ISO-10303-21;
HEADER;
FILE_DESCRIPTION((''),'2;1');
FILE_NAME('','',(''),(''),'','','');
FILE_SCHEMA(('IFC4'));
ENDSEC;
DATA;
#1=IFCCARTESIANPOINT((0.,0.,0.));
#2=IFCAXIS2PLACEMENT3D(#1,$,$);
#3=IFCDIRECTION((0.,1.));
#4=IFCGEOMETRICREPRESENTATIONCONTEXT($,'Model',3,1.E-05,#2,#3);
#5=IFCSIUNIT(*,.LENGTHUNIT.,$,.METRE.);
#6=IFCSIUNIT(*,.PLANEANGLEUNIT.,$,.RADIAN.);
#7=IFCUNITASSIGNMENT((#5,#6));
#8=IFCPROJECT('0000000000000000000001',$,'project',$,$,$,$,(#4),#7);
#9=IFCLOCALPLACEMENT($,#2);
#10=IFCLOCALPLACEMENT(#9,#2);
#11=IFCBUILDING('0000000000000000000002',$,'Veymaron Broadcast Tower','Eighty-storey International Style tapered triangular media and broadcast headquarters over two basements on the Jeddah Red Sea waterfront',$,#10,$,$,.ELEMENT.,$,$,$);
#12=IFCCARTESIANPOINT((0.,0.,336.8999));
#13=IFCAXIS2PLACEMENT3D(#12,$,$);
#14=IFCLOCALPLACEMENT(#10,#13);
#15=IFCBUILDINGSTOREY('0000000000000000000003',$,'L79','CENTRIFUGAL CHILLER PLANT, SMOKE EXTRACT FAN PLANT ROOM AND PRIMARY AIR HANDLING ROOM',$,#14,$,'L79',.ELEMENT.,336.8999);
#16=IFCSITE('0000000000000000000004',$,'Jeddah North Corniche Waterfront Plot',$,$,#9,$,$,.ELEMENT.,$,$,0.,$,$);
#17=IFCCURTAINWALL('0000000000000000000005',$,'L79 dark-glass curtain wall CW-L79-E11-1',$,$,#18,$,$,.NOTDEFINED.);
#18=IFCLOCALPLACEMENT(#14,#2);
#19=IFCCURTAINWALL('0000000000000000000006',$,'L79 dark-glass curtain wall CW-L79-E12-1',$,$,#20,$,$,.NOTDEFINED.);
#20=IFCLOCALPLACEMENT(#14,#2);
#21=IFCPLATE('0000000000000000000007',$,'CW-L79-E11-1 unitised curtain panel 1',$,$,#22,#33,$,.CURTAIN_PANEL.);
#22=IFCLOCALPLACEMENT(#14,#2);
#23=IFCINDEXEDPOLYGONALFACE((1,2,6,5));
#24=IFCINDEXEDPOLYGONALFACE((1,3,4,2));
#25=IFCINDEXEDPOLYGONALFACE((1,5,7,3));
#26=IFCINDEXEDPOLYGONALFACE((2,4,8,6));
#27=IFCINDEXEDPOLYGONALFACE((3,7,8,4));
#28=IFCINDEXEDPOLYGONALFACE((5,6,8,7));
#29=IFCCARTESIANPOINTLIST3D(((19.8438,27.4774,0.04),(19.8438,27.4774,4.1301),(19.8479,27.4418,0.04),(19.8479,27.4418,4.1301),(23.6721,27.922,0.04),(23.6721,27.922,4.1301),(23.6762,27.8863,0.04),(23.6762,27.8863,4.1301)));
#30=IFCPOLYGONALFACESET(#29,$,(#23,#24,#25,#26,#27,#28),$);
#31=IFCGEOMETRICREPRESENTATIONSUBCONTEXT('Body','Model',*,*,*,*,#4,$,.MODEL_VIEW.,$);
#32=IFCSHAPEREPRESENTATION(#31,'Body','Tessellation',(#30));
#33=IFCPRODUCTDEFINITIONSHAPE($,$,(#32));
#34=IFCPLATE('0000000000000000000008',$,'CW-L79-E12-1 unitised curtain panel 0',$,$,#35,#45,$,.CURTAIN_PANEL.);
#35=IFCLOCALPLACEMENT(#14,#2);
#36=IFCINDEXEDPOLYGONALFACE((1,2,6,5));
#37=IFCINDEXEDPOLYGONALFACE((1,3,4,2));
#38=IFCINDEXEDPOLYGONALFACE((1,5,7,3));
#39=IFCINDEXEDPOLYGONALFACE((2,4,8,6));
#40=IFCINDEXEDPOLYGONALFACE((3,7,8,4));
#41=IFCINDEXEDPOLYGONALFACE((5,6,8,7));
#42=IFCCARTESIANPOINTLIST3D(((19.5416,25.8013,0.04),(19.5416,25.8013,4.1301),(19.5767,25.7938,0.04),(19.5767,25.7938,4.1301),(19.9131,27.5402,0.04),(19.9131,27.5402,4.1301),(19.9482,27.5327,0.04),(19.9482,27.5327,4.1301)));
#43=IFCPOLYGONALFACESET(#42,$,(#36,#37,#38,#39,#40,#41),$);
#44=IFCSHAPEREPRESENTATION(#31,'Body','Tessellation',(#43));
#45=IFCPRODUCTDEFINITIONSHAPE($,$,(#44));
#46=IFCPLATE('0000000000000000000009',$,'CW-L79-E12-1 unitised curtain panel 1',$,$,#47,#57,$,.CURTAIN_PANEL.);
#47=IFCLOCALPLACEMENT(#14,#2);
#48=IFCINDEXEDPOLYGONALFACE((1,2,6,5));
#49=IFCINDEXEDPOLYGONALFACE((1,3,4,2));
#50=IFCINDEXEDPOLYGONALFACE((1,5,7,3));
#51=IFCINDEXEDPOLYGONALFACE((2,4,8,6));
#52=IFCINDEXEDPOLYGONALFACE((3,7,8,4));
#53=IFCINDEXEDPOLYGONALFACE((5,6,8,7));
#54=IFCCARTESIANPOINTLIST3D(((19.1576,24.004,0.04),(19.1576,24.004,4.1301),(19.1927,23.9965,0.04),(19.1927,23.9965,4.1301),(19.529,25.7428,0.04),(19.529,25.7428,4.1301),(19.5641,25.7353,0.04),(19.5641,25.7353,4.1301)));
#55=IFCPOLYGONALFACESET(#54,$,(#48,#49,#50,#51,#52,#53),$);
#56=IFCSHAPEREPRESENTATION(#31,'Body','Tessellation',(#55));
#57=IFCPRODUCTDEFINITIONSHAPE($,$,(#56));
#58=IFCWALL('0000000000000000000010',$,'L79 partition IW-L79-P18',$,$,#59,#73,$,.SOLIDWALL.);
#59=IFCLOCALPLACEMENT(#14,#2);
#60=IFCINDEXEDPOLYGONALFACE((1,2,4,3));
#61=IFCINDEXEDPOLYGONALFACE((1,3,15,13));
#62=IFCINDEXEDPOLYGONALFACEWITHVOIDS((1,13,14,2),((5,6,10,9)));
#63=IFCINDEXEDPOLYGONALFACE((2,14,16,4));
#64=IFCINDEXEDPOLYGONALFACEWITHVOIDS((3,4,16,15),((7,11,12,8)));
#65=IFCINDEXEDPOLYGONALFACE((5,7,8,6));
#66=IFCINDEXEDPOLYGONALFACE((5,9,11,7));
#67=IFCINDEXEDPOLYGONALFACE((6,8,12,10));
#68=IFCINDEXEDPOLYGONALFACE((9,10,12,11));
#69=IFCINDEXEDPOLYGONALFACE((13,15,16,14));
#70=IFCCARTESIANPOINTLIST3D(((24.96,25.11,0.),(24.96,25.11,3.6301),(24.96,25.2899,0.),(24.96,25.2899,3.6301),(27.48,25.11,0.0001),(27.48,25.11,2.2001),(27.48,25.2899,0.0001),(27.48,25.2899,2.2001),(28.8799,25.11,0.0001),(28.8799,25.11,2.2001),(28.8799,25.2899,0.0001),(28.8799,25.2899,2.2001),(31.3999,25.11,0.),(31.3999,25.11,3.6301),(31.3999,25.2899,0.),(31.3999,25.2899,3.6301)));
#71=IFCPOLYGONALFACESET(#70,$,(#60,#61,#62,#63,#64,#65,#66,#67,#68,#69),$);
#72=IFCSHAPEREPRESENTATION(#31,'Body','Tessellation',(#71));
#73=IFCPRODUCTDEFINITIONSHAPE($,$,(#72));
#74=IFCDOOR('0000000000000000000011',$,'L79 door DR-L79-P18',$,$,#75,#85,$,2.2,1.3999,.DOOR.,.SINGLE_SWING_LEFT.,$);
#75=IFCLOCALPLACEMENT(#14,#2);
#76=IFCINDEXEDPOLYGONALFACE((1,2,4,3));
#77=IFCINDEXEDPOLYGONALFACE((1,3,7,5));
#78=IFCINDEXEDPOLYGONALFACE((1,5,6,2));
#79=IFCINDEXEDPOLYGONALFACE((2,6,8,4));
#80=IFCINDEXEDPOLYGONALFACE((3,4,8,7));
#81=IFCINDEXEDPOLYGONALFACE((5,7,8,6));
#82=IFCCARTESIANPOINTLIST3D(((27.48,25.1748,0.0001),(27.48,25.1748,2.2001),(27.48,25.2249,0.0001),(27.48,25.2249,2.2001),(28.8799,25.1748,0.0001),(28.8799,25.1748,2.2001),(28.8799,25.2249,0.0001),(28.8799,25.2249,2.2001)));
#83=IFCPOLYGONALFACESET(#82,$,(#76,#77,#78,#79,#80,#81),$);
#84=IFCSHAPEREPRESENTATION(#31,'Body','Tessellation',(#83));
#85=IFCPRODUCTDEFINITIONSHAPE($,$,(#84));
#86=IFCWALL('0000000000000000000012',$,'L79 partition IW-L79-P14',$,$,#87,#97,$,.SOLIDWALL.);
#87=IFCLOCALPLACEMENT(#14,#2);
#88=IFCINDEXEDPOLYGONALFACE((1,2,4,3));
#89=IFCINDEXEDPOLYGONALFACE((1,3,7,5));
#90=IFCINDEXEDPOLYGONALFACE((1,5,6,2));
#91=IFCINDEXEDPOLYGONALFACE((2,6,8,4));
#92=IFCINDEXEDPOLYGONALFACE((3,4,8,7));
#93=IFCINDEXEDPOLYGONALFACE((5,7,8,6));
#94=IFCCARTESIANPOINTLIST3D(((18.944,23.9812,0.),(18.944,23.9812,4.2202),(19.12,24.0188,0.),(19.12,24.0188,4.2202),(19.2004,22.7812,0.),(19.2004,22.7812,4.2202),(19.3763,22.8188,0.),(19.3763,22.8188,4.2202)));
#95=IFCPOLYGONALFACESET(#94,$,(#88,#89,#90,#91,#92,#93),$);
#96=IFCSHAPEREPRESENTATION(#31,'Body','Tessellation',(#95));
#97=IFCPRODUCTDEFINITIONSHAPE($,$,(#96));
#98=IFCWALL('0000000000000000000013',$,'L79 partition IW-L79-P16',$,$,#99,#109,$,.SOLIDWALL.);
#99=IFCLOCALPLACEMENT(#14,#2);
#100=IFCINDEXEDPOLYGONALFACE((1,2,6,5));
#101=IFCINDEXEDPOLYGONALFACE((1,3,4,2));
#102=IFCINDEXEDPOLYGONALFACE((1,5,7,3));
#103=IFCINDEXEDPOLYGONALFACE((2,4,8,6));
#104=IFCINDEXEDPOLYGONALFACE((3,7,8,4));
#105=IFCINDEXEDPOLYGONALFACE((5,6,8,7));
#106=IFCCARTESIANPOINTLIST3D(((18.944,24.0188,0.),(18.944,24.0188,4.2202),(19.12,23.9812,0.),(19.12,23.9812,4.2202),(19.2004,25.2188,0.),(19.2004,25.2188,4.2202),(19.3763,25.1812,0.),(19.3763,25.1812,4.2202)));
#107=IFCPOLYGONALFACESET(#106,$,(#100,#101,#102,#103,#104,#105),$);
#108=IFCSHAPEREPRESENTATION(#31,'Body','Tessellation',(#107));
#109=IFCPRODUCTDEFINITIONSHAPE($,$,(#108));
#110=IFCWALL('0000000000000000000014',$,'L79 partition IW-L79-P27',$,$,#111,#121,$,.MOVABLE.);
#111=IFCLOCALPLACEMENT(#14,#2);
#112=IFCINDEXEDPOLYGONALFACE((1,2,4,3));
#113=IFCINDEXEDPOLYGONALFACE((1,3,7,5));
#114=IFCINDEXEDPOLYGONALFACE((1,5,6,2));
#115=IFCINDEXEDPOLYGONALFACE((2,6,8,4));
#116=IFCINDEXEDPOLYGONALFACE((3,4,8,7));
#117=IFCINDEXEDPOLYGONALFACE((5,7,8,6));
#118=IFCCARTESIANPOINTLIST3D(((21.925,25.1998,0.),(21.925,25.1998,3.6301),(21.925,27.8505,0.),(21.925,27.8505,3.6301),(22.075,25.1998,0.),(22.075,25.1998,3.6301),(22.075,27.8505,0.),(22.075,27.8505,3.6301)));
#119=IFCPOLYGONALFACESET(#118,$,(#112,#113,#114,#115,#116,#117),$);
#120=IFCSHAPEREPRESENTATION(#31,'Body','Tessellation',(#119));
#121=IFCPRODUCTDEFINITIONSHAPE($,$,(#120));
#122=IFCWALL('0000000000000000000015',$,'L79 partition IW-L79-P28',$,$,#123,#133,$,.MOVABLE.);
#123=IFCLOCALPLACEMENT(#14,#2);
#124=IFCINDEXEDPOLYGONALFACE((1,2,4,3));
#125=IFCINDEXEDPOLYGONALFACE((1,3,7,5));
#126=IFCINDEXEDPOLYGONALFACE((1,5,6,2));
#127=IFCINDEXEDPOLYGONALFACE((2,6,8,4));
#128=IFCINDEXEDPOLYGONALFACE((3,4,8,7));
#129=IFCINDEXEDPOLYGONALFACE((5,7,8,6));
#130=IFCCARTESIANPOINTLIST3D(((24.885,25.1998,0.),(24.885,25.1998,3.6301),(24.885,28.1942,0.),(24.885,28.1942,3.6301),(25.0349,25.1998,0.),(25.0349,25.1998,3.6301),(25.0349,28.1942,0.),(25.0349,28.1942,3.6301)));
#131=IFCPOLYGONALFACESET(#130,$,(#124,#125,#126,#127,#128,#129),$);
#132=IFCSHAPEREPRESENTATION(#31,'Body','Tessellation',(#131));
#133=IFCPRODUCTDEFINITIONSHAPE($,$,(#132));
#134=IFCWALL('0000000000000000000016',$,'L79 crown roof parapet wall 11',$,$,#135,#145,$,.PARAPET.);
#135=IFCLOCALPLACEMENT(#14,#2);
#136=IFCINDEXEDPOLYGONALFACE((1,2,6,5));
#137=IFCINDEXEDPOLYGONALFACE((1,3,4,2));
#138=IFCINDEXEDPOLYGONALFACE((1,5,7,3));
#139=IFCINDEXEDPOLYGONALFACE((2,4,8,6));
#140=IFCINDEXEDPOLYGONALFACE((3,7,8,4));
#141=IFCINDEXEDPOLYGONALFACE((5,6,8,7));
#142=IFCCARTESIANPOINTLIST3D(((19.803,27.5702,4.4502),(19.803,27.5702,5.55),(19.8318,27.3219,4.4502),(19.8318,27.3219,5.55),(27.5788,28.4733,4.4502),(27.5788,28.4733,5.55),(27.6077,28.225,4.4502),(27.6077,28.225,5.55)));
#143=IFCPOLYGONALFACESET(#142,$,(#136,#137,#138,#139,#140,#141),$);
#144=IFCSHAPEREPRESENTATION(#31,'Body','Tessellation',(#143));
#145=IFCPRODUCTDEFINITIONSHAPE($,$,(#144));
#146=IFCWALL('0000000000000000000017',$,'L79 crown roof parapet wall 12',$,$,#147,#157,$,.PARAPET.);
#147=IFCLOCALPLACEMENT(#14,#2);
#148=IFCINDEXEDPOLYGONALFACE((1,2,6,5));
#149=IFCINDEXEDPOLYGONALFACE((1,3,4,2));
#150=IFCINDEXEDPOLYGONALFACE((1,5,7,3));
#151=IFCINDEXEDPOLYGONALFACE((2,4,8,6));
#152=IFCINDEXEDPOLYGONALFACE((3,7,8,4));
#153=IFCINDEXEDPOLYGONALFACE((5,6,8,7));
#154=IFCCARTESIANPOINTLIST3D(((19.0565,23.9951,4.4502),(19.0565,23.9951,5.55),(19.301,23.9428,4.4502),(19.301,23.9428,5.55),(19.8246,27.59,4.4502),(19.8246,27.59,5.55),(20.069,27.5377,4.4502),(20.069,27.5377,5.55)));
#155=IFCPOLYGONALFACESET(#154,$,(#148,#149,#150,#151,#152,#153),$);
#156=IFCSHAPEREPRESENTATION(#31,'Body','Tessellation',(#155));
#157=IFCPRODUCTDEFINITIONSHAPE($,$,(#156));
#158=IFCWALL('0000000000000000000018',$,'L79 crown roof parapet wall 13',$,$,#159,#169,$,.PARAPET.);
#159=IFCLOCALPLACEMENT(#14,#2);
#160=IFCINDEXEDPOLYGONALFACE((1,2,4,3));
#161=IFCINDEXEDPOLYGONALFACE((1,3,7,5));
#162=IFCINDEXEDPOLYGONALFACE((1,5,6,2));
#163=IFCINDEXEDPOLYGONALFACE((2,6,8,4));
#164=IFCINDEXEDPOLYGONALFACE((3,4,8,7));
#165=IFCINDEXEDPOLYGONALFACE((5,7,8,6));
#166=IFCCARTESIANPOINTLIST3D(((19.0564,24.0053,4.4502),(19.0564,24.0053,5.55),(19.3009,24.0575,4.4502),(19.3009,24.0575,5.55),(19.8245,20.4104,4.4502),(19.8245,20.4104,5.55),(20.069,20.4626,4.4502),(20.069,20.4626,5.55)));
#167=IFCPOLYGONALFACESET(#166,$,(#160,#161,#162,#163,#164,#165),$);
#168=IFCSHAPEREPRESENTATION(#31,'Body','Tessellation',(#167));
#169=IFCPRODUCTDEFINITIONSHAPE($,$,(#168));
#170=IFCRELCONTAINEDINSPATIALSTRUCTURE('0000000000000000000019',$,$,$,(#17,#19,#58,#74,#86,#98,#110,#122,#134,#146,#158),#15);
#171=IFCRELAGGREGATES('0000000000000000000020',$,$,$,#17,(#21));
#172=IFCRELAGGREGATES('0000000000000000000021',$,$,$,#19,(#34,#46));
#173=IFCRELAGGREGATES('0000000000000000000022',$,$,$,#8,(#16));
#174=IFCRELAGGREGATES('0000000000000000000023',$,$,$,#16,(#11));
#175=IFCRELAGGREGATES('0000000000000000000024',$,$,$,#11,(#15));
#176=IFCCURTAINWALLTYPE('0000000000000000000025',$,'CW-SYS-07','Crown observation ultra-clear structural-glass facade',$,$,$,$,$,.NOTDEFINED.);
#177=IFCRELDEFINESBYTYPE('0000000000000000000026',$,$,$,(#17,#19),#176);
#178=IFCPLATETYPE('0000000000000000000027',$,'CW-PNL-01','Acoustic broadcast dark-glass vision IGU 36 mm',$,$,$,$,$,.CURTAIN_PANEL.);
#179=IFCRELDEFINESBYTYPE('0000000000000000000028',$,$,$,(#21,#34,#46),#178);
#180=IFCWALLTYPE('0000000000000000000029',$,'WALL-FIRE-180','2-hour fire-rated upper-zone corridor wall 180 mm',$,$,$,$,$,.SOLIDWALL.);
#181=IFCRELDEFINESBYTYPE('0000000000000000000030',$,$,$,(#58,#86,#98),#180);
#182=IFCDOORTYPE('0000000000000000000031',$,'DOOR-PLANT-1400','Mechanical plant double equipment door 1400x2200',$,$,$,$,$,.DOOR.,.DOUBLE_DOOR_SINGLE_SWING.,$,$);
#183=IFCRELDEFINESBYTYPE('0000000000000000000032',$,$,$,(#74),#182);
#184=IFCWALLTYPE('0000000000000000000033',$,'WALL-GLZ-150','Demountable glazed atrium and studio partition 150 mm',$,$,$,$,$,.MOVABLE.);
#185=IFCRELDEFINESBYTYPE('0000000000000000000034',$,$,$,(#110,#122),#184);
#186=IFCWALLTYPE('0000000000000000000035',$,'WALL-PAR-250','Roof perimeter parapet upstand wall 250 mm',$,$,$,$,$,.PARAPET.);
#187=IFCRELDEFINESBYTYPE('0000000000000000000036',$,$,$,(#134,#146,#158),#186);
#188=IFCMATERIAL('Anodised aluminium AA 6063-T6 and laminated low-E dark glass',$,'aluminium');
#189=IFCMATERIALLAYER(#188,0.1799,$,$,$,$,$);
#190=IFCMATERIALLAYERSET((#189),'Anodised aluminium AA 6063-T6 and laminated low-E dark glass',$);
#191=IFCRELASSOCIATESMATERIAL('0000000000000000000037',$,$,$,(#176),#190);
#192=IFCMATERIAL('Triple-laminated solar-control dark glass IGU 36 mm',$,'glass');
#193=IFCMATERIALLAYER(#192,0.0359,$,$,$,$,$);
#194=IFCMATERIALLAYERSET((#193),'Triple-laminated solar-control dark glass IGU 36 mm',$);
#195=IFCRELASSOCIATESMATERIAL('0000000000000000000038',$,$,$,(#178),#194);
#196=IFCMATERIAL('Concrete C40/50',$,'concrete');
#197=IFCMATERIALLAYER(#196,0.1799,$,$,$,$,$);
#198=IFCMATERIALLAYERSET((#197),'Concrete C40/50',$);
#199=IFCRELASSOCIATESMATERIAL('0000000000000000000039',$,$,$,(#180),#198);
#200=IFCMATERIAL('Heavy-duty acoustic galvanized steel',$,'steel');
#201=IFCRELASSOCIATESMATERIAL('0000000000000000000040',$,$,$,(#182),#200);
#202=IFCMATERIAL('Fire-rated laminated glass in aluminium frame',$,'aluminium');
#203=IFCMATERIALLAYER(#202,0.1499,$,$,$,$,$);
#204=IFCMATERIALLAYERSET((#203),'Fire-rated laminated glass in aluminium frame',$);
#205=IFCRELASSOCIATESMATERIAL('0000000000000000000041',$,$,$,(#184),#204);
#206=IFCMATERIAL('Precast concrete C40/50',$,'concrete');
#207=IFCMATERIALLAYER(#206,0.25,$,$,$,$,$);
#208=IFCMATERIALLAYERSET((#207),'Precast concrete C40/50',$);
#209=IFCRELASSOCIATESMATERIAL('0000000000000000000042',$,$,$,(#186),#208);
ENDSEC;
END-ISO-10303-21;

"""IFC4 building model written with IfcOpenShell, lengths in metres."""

from ifc_helpers import new_model, si_unit, direction, frame, frame_2d, origin, origin_2d, place, context, subcontext, project, spatial, rectangle, extrude, material, layer, layer_set, type_object, element, fill, aggregate, save


model = new_model("IFC4")

# Units and contexts
model_context = context("Model", 3, precision=1e-05, world=origin(), true_north=direction((0.0, 1.0)))
body_context = subcontext(model_context, "Body", "Model", "MODEL_VIEW")
ifc_project = project(units=[si_unit("LENGTHUNIT", "METRE"), si_unit("PLANEANGLEUNIT", "RADIAN")], contexts=[model_context])

# Site, building, storey
site_placement = place(None, origin())
site = spatial("IfcSite", under=ifc_project, at=site_placement, Name="Jeddah North Corniche Waterfront Plot", CompositionType="ELEMENT", RefElevation=0.0)
building_placement = place(site_placement, origin())
building = spatial("IfcBuilding", under=site, at=building_placement, Name="Veymaron Broadcast Tower", Description="Eighty-storey International Style tapered triangular media and broadcast headquarters over two basements on the Jeddah Red Sea waterfront", CompositionType="ELEMENT")
storey_placement = place(building_placement, frame((0.0, 0.0, 336.8999)))
storey = spatial("IfcBuildingStorey", under=building, at=storey_placement, Name="L79", Description="CENTRIFUGAL CHILLER PLANT, SMOKE EXTRACT FAN PLANT ROOM AND PRIMARY AIR HANDLING ROOM", LongName="L79", CompositionType="ELEMENT", Elevation=336.8999)

# Shared definitions
ifc_material_1 = material(Name="Anodised aluminium AA 6063-T6 and laminated low-E dark glass", Category="aluminium")
ifc_layer_1 = layer(ifc_material_1, 0.1799)
ifc_layer_set_1 = layer_set([ifc_layer_1], Name="Anodised aluminium AA 6063-T6 and laminated low-E dark glass")
curtain_wall_type = type_object("IfcCurtainWallType", Name="CW-SYS-07", Description="Crown observation ultra-clear structural-glass facade", PredefinedType="NOTDEFINED", material=ifc_layer_set_1)

# Curtain walls
curtain_wall_1_placement = place(storey_placement, origin())
curtain_wall_1 = element("IfcCurtainWall", 1, at=curtain_wall_1_placement, inside=storey, type_object=curtain_wall_type, Name="L79 dark-glass curtain wall CW-L79-E11-1", PredefinedType="NOTDEFINED")
curtain_wall_2_placement = place(storey_placement, origin())
curtain_wall_2 = element("IfcCurtainWall", 2, at=curtain_wall_2_placement, inside=storey, type_object=curtain_wall_type, Name="L79 dark-glass curtain wall CW-L79-E12-1", PredefinedType="NOTDEFINED")

# Plates
ifc_material_2 = material(Name="Triple-laminated solar-control dark glass IGU 36 mm", Category="glass")
ifc_layer_2 = layer(ifc_material_2, 0.0359)
ifc_layer_set_2 = layer_set([ifc_layer_2], Name="Triple-laminated solar-control dark glass IGU 36 mm")
plate_type = type_object("IfcPlateType", Name="CW-PNL-01", Description="Acoustic broadcast dark-glass vision IGU 36 mm", PredefinedType="CURTAIN_PANEL", material=ifc_layer_set_2)
plate_1_placement = place(storey_placement, frame((21.76, 27.6819, 0.04), z_axis=(0.0, 0.0, 1.0), x_axis=(-0.993325, -0.115353, 0.0)))
plate_1 = element("IfcPlate", 3, at=plate_1_placement, type_object=plate_type, Name="CW-L79-E11-1 unitised curtain panel 1", PredefinedType="CURTAIN_PANEL", context=body_context, shape_type="SweptSolid", body=[
    extrude(rectangle(XDim=3.854, YDim=0.0359, at=origin_2d()), origin(), (0.0, 0.0, 1.0), 4.0901),
])
aggregate(curtain_wall_1, [plate_1])
plate_2_placement = place(storey_placement, frame((19.7449, 26.667, 0.04), z_axis=(0.0, 0.0, 1.0), x_axis=(-0.208919, -0.977933, 0.0)))
plate_2 = element("IfcPlate", 4, at=plate_2_placement, type_object=plate_type, Name="CW-L79-E12-1 unitised curtain panel 0", PredefinedType="CURTAIN_PANEL", context=body_context, shape_type="SweptSolid", body=[
    extrude(rectangle(XDim=1.7781, YDim=0.0359, at=origin_2d()), origin(), (0.0, 0.0, 1.0), 4.0901),
])
plate_3_placement = place(storey_placement, frame((19.3608, 24.8696, 0.04), z_axis=(0.0, 0.0, 1.0), x_axis=(-0.208919, -0.977933, 0.0)))
plate_3 = element("IfcPlate", 5, at=plate_3_placement, type_object=plate_type, Name="CW-L79-E12-1 unitised curtain panel 1", PredefinedType="CURTAIN_PANEL", context=body_context, shape_type="SweptSolid", body=[
    extrude(rectangle(XDim=1.7781, YDim=0.0359, at=origin_2d()), origin(), (0.0, 0.0, 1.0), 4.0901),
])
aggregate(curtain_wall_2, [plate_2, plate_3])

# Wall, opening, door
ifc_material_3 = material(Name="Concrete C40/50", Category="concrete")
ifc_layer_3 = layer(ifc_material_3, 0.1799)
ifc_layer_set_3 = layer_set([ifc_layer_3], Name="Concrete C40/50")
wall_type_1 = type_object("IfcWallType", Name="WALL-FIRE-180", Description="2-hour fire-rated upper-zone corridor wall 180 mm", PredefinedType="SOLIDWALL", material=ifc_layer_set_3)
wall_1_placement = place(storey_placement, frame((24.96, 25.2, 0.0), z_axis=(0.0, 0.0, 1.0), x_axis=(1.0, 0.0, 0.0)))
wall_1 = element("IfcWall", 6, at=wall_1_placement, inside=storey, type_object=wall_type_1, Name="L79 partition IW-L79-P18", PredefinedType="SOLIDWALL", context=body_context, shape_type="SweptSolid", body=[
    extrude(rectangle(XDim=6.4399, YDim=0.1799, at=frame_2d((3.22, 0.0))), origin(), (0.0, 0.0, 1.0), 3.6301),
])
opening_1_placement = place(wall_1_placement, frame((2.52, 0.0, 0.0)))
opening_1 = element("IfcOpeningElement", 7, at=opening_1_placement, cuts=wall_1, PredefinedType="OPENING", context=body_context, shape_type="SweptSolid", body=[
    extrude(rectangle(XDim=1.3999, YDim=2.2, at=frame_2d((0.7, 1.1001))), frame((0.0, 0.1001, 0.0), z_axis=(0.0, -1.0, 0.0), x_axis=(1.0, 0.0, 0.0)), (0.0, 0.0, 1.0), 0.2),
])
ifc_material_4 = material(Name="Heavy-duty acoustic galvanized steel", Category="steel")
door_type_1 = type_object("IfcDoorType", Name="DOOR-PLANT-1400", Description="Mechanical plant double equipment door 1400x2200", OperationType="DOUBLE_DOOR_SINGLE_SWING", PredefinedType="DOOR", material=ifc_material_4)
door_1_placement = place(opening_1_placement, origin())
door_1 = element("IfcDoor", 8, at=door_1_placement, inside=storey, type_object=door_type_1, Name="L79 door DR-L79-P18", OperationType="SINGLE_SWING_LEFT", OverallHeight=2.2, OverallWidth=1.3999, PredefinedType="DOOR", context=body_context, shape_type="SweptSolid", body=[
    extrude(rectangle(XDim=1.3999, YDim=2.2, at=frame_2d((0.7, 1.1001))), frame((0.0, 0.0249, 0.0), z_axis=(0.0, -1.0, 0.0), x_axis=(1.0, 0.0, 0.0)), (0.0, 0.0, 1.0), 0.05),
])
fill(opening_1, door_1)

# Walls
for number, where, z_axis, x_axis, name in (
    (9, (19.032, 24.0, 0.0), (0.0, 0.0, 1.0), (0.208918, -0.977933, 0.0), "L79 partition IW-L79-P14"),
    (10, (19.032, 24.0, 0.0), (0.0, 0.0, 1.0), (0.208918, 0.977933, 0.0), "L79 partition IW-L79-P16"),
):
    element("IfcWall", number, at=place(storey_placement, frame(where, z_axis=z_axis, x_axis=x_axis)), inside=storey, type_object=wall_type_1, Name=name, PredefinedType="SOLIDWALL", context=body_context, shape_type="SweptSolid", body=[
        extrude(rectangle(XDim=1.2271, YDim=0.1799, at=frame_2d((0.6135, 0.0))), origin(), (0.0, 0.0, 1.0), 4.2202),
    ])
ifc_material_5 = material(Name="Fire-rated laminated glass in aluminium frame", Category="aluminium")
ifc_layer_4 = layer(ifc_material_5, 0.1499)
ifc_layer_set_4 = layer_set([ifc_layer_4], Name="Fire-rated laminated glass in aluminium frame")
wall_type_2 = type_object("IfcWallType", Name="WALL-GLZ-150", Description="Demountable glazed atrium and studio partition 150 mm", PredefinedType="MOVABLE", material=ifc_layer_set_4)
wall_2_placement = place(storey_placement, frame((22.0, 25.2, 0.0), z_axis=(0.0, 0.0, 1.0), x_axis=(0.0, 1.0, 0.0)))
element("IfcWall", 11, at=wall_2_placement, inside=storey, type_object=wall_type_2, Name="L79 partition IW-L79-P27", PredefinedType="MOVABLE", context=body_context, shape_type="SweptSolid", body=[
    extrude(rectangle(XDim=2.6506, YDim=0.1499, at=frame_2d((1.3252, 0.0))), origin(), (0.0, 0.0, 1.0), 3.6301),
])
wall_3_placement = place(storey_placement, frame((24.96, 25.2, 0.0), z_axis=(0.0, 0.0, 1.0), x_axis=(0.0, 1.0, 0.0)))
element("IfcWall", 12, at=wall_3_placement, inside=storey, type_object=wall_type_2, Name="L79 partition IW-L79-P28", PredefinedType="MOVABLE", context=body_context, shape_type="SweptSolid", body=[
    extrude(rectangle(XDim=2.9944, YDim=0.1499, at=frame_2d((1.4971, 0.0))), origin(), (0.0, 0.0, 1.0), 3.6301),
])
ifc_material_6 = material(Name="Precast concrete C40/50", Category="concrete")
ifc_layer_5 = layer(ifc_material_6, 0.25)
ifc_layer_set_5 = layer_set([ifc_layer_5], Name="Precast concrete C40/50")
wall_type_3 = type_object("IfcWallType", Name="WALL-PAR-250", Description="Roof perimeter parapet upstand wall 250 mm", PredefinedType="PARAPET", material=ifc_layer_set_5)
wall_4_placement = place(storey_placement, frame((27.5933, 28.3491, 4.4502), z_axis=(0.0, 0.0, 1.0), x_axis=(-0.993323, -0.115363, 0.0)))
element("IfcWall", 13, at=wall_4_placement, inside=storey, type_object=wall_type_3, Name="L79 crown roof parapet wall 11", PredefinedType="PARAPET", context=body_context, shape_type="SweptSolid", body=[
    extrude(rectangle(XDim=7.8281, YDim=0.25, at=frame_2d((3.9141, 0.0))), origin(), (0.0, 0.0, 1.0), 1.0999),
])
for number, where, z_axis, x_axis, name in (
    (14, (19.9468, 27.5637, 4.4502), (0.0, 0.0, 1.0), (-0.208935, -0.97793, 0.0), "L79 crown roof parapet wall 12"),
    (15, (19.1787, 24.0312, 4.4502), (0.0, 0.0, 1.0), (0.208935, -0.97793, 0.0), "L79 crown roof parapet wall 13"),
):
    element("IfcWall", number, at=place(storey_placement, frame(where, z_axis=z_axis, x_axis=x_axis)), inside=storey, type_object=wall_type_3, Name=name, PredefinedType="PARAPET", context=body_context, shape_type="SweptSolid", body=[
        extrude(rectangle(XDim=3.676, YDim=0.25, at=frame_2d((1.8379, 0.0))), origin(), (0.0, 0.0, 1.0), 1.0999),
    ])

save(model, "model.ifc")
